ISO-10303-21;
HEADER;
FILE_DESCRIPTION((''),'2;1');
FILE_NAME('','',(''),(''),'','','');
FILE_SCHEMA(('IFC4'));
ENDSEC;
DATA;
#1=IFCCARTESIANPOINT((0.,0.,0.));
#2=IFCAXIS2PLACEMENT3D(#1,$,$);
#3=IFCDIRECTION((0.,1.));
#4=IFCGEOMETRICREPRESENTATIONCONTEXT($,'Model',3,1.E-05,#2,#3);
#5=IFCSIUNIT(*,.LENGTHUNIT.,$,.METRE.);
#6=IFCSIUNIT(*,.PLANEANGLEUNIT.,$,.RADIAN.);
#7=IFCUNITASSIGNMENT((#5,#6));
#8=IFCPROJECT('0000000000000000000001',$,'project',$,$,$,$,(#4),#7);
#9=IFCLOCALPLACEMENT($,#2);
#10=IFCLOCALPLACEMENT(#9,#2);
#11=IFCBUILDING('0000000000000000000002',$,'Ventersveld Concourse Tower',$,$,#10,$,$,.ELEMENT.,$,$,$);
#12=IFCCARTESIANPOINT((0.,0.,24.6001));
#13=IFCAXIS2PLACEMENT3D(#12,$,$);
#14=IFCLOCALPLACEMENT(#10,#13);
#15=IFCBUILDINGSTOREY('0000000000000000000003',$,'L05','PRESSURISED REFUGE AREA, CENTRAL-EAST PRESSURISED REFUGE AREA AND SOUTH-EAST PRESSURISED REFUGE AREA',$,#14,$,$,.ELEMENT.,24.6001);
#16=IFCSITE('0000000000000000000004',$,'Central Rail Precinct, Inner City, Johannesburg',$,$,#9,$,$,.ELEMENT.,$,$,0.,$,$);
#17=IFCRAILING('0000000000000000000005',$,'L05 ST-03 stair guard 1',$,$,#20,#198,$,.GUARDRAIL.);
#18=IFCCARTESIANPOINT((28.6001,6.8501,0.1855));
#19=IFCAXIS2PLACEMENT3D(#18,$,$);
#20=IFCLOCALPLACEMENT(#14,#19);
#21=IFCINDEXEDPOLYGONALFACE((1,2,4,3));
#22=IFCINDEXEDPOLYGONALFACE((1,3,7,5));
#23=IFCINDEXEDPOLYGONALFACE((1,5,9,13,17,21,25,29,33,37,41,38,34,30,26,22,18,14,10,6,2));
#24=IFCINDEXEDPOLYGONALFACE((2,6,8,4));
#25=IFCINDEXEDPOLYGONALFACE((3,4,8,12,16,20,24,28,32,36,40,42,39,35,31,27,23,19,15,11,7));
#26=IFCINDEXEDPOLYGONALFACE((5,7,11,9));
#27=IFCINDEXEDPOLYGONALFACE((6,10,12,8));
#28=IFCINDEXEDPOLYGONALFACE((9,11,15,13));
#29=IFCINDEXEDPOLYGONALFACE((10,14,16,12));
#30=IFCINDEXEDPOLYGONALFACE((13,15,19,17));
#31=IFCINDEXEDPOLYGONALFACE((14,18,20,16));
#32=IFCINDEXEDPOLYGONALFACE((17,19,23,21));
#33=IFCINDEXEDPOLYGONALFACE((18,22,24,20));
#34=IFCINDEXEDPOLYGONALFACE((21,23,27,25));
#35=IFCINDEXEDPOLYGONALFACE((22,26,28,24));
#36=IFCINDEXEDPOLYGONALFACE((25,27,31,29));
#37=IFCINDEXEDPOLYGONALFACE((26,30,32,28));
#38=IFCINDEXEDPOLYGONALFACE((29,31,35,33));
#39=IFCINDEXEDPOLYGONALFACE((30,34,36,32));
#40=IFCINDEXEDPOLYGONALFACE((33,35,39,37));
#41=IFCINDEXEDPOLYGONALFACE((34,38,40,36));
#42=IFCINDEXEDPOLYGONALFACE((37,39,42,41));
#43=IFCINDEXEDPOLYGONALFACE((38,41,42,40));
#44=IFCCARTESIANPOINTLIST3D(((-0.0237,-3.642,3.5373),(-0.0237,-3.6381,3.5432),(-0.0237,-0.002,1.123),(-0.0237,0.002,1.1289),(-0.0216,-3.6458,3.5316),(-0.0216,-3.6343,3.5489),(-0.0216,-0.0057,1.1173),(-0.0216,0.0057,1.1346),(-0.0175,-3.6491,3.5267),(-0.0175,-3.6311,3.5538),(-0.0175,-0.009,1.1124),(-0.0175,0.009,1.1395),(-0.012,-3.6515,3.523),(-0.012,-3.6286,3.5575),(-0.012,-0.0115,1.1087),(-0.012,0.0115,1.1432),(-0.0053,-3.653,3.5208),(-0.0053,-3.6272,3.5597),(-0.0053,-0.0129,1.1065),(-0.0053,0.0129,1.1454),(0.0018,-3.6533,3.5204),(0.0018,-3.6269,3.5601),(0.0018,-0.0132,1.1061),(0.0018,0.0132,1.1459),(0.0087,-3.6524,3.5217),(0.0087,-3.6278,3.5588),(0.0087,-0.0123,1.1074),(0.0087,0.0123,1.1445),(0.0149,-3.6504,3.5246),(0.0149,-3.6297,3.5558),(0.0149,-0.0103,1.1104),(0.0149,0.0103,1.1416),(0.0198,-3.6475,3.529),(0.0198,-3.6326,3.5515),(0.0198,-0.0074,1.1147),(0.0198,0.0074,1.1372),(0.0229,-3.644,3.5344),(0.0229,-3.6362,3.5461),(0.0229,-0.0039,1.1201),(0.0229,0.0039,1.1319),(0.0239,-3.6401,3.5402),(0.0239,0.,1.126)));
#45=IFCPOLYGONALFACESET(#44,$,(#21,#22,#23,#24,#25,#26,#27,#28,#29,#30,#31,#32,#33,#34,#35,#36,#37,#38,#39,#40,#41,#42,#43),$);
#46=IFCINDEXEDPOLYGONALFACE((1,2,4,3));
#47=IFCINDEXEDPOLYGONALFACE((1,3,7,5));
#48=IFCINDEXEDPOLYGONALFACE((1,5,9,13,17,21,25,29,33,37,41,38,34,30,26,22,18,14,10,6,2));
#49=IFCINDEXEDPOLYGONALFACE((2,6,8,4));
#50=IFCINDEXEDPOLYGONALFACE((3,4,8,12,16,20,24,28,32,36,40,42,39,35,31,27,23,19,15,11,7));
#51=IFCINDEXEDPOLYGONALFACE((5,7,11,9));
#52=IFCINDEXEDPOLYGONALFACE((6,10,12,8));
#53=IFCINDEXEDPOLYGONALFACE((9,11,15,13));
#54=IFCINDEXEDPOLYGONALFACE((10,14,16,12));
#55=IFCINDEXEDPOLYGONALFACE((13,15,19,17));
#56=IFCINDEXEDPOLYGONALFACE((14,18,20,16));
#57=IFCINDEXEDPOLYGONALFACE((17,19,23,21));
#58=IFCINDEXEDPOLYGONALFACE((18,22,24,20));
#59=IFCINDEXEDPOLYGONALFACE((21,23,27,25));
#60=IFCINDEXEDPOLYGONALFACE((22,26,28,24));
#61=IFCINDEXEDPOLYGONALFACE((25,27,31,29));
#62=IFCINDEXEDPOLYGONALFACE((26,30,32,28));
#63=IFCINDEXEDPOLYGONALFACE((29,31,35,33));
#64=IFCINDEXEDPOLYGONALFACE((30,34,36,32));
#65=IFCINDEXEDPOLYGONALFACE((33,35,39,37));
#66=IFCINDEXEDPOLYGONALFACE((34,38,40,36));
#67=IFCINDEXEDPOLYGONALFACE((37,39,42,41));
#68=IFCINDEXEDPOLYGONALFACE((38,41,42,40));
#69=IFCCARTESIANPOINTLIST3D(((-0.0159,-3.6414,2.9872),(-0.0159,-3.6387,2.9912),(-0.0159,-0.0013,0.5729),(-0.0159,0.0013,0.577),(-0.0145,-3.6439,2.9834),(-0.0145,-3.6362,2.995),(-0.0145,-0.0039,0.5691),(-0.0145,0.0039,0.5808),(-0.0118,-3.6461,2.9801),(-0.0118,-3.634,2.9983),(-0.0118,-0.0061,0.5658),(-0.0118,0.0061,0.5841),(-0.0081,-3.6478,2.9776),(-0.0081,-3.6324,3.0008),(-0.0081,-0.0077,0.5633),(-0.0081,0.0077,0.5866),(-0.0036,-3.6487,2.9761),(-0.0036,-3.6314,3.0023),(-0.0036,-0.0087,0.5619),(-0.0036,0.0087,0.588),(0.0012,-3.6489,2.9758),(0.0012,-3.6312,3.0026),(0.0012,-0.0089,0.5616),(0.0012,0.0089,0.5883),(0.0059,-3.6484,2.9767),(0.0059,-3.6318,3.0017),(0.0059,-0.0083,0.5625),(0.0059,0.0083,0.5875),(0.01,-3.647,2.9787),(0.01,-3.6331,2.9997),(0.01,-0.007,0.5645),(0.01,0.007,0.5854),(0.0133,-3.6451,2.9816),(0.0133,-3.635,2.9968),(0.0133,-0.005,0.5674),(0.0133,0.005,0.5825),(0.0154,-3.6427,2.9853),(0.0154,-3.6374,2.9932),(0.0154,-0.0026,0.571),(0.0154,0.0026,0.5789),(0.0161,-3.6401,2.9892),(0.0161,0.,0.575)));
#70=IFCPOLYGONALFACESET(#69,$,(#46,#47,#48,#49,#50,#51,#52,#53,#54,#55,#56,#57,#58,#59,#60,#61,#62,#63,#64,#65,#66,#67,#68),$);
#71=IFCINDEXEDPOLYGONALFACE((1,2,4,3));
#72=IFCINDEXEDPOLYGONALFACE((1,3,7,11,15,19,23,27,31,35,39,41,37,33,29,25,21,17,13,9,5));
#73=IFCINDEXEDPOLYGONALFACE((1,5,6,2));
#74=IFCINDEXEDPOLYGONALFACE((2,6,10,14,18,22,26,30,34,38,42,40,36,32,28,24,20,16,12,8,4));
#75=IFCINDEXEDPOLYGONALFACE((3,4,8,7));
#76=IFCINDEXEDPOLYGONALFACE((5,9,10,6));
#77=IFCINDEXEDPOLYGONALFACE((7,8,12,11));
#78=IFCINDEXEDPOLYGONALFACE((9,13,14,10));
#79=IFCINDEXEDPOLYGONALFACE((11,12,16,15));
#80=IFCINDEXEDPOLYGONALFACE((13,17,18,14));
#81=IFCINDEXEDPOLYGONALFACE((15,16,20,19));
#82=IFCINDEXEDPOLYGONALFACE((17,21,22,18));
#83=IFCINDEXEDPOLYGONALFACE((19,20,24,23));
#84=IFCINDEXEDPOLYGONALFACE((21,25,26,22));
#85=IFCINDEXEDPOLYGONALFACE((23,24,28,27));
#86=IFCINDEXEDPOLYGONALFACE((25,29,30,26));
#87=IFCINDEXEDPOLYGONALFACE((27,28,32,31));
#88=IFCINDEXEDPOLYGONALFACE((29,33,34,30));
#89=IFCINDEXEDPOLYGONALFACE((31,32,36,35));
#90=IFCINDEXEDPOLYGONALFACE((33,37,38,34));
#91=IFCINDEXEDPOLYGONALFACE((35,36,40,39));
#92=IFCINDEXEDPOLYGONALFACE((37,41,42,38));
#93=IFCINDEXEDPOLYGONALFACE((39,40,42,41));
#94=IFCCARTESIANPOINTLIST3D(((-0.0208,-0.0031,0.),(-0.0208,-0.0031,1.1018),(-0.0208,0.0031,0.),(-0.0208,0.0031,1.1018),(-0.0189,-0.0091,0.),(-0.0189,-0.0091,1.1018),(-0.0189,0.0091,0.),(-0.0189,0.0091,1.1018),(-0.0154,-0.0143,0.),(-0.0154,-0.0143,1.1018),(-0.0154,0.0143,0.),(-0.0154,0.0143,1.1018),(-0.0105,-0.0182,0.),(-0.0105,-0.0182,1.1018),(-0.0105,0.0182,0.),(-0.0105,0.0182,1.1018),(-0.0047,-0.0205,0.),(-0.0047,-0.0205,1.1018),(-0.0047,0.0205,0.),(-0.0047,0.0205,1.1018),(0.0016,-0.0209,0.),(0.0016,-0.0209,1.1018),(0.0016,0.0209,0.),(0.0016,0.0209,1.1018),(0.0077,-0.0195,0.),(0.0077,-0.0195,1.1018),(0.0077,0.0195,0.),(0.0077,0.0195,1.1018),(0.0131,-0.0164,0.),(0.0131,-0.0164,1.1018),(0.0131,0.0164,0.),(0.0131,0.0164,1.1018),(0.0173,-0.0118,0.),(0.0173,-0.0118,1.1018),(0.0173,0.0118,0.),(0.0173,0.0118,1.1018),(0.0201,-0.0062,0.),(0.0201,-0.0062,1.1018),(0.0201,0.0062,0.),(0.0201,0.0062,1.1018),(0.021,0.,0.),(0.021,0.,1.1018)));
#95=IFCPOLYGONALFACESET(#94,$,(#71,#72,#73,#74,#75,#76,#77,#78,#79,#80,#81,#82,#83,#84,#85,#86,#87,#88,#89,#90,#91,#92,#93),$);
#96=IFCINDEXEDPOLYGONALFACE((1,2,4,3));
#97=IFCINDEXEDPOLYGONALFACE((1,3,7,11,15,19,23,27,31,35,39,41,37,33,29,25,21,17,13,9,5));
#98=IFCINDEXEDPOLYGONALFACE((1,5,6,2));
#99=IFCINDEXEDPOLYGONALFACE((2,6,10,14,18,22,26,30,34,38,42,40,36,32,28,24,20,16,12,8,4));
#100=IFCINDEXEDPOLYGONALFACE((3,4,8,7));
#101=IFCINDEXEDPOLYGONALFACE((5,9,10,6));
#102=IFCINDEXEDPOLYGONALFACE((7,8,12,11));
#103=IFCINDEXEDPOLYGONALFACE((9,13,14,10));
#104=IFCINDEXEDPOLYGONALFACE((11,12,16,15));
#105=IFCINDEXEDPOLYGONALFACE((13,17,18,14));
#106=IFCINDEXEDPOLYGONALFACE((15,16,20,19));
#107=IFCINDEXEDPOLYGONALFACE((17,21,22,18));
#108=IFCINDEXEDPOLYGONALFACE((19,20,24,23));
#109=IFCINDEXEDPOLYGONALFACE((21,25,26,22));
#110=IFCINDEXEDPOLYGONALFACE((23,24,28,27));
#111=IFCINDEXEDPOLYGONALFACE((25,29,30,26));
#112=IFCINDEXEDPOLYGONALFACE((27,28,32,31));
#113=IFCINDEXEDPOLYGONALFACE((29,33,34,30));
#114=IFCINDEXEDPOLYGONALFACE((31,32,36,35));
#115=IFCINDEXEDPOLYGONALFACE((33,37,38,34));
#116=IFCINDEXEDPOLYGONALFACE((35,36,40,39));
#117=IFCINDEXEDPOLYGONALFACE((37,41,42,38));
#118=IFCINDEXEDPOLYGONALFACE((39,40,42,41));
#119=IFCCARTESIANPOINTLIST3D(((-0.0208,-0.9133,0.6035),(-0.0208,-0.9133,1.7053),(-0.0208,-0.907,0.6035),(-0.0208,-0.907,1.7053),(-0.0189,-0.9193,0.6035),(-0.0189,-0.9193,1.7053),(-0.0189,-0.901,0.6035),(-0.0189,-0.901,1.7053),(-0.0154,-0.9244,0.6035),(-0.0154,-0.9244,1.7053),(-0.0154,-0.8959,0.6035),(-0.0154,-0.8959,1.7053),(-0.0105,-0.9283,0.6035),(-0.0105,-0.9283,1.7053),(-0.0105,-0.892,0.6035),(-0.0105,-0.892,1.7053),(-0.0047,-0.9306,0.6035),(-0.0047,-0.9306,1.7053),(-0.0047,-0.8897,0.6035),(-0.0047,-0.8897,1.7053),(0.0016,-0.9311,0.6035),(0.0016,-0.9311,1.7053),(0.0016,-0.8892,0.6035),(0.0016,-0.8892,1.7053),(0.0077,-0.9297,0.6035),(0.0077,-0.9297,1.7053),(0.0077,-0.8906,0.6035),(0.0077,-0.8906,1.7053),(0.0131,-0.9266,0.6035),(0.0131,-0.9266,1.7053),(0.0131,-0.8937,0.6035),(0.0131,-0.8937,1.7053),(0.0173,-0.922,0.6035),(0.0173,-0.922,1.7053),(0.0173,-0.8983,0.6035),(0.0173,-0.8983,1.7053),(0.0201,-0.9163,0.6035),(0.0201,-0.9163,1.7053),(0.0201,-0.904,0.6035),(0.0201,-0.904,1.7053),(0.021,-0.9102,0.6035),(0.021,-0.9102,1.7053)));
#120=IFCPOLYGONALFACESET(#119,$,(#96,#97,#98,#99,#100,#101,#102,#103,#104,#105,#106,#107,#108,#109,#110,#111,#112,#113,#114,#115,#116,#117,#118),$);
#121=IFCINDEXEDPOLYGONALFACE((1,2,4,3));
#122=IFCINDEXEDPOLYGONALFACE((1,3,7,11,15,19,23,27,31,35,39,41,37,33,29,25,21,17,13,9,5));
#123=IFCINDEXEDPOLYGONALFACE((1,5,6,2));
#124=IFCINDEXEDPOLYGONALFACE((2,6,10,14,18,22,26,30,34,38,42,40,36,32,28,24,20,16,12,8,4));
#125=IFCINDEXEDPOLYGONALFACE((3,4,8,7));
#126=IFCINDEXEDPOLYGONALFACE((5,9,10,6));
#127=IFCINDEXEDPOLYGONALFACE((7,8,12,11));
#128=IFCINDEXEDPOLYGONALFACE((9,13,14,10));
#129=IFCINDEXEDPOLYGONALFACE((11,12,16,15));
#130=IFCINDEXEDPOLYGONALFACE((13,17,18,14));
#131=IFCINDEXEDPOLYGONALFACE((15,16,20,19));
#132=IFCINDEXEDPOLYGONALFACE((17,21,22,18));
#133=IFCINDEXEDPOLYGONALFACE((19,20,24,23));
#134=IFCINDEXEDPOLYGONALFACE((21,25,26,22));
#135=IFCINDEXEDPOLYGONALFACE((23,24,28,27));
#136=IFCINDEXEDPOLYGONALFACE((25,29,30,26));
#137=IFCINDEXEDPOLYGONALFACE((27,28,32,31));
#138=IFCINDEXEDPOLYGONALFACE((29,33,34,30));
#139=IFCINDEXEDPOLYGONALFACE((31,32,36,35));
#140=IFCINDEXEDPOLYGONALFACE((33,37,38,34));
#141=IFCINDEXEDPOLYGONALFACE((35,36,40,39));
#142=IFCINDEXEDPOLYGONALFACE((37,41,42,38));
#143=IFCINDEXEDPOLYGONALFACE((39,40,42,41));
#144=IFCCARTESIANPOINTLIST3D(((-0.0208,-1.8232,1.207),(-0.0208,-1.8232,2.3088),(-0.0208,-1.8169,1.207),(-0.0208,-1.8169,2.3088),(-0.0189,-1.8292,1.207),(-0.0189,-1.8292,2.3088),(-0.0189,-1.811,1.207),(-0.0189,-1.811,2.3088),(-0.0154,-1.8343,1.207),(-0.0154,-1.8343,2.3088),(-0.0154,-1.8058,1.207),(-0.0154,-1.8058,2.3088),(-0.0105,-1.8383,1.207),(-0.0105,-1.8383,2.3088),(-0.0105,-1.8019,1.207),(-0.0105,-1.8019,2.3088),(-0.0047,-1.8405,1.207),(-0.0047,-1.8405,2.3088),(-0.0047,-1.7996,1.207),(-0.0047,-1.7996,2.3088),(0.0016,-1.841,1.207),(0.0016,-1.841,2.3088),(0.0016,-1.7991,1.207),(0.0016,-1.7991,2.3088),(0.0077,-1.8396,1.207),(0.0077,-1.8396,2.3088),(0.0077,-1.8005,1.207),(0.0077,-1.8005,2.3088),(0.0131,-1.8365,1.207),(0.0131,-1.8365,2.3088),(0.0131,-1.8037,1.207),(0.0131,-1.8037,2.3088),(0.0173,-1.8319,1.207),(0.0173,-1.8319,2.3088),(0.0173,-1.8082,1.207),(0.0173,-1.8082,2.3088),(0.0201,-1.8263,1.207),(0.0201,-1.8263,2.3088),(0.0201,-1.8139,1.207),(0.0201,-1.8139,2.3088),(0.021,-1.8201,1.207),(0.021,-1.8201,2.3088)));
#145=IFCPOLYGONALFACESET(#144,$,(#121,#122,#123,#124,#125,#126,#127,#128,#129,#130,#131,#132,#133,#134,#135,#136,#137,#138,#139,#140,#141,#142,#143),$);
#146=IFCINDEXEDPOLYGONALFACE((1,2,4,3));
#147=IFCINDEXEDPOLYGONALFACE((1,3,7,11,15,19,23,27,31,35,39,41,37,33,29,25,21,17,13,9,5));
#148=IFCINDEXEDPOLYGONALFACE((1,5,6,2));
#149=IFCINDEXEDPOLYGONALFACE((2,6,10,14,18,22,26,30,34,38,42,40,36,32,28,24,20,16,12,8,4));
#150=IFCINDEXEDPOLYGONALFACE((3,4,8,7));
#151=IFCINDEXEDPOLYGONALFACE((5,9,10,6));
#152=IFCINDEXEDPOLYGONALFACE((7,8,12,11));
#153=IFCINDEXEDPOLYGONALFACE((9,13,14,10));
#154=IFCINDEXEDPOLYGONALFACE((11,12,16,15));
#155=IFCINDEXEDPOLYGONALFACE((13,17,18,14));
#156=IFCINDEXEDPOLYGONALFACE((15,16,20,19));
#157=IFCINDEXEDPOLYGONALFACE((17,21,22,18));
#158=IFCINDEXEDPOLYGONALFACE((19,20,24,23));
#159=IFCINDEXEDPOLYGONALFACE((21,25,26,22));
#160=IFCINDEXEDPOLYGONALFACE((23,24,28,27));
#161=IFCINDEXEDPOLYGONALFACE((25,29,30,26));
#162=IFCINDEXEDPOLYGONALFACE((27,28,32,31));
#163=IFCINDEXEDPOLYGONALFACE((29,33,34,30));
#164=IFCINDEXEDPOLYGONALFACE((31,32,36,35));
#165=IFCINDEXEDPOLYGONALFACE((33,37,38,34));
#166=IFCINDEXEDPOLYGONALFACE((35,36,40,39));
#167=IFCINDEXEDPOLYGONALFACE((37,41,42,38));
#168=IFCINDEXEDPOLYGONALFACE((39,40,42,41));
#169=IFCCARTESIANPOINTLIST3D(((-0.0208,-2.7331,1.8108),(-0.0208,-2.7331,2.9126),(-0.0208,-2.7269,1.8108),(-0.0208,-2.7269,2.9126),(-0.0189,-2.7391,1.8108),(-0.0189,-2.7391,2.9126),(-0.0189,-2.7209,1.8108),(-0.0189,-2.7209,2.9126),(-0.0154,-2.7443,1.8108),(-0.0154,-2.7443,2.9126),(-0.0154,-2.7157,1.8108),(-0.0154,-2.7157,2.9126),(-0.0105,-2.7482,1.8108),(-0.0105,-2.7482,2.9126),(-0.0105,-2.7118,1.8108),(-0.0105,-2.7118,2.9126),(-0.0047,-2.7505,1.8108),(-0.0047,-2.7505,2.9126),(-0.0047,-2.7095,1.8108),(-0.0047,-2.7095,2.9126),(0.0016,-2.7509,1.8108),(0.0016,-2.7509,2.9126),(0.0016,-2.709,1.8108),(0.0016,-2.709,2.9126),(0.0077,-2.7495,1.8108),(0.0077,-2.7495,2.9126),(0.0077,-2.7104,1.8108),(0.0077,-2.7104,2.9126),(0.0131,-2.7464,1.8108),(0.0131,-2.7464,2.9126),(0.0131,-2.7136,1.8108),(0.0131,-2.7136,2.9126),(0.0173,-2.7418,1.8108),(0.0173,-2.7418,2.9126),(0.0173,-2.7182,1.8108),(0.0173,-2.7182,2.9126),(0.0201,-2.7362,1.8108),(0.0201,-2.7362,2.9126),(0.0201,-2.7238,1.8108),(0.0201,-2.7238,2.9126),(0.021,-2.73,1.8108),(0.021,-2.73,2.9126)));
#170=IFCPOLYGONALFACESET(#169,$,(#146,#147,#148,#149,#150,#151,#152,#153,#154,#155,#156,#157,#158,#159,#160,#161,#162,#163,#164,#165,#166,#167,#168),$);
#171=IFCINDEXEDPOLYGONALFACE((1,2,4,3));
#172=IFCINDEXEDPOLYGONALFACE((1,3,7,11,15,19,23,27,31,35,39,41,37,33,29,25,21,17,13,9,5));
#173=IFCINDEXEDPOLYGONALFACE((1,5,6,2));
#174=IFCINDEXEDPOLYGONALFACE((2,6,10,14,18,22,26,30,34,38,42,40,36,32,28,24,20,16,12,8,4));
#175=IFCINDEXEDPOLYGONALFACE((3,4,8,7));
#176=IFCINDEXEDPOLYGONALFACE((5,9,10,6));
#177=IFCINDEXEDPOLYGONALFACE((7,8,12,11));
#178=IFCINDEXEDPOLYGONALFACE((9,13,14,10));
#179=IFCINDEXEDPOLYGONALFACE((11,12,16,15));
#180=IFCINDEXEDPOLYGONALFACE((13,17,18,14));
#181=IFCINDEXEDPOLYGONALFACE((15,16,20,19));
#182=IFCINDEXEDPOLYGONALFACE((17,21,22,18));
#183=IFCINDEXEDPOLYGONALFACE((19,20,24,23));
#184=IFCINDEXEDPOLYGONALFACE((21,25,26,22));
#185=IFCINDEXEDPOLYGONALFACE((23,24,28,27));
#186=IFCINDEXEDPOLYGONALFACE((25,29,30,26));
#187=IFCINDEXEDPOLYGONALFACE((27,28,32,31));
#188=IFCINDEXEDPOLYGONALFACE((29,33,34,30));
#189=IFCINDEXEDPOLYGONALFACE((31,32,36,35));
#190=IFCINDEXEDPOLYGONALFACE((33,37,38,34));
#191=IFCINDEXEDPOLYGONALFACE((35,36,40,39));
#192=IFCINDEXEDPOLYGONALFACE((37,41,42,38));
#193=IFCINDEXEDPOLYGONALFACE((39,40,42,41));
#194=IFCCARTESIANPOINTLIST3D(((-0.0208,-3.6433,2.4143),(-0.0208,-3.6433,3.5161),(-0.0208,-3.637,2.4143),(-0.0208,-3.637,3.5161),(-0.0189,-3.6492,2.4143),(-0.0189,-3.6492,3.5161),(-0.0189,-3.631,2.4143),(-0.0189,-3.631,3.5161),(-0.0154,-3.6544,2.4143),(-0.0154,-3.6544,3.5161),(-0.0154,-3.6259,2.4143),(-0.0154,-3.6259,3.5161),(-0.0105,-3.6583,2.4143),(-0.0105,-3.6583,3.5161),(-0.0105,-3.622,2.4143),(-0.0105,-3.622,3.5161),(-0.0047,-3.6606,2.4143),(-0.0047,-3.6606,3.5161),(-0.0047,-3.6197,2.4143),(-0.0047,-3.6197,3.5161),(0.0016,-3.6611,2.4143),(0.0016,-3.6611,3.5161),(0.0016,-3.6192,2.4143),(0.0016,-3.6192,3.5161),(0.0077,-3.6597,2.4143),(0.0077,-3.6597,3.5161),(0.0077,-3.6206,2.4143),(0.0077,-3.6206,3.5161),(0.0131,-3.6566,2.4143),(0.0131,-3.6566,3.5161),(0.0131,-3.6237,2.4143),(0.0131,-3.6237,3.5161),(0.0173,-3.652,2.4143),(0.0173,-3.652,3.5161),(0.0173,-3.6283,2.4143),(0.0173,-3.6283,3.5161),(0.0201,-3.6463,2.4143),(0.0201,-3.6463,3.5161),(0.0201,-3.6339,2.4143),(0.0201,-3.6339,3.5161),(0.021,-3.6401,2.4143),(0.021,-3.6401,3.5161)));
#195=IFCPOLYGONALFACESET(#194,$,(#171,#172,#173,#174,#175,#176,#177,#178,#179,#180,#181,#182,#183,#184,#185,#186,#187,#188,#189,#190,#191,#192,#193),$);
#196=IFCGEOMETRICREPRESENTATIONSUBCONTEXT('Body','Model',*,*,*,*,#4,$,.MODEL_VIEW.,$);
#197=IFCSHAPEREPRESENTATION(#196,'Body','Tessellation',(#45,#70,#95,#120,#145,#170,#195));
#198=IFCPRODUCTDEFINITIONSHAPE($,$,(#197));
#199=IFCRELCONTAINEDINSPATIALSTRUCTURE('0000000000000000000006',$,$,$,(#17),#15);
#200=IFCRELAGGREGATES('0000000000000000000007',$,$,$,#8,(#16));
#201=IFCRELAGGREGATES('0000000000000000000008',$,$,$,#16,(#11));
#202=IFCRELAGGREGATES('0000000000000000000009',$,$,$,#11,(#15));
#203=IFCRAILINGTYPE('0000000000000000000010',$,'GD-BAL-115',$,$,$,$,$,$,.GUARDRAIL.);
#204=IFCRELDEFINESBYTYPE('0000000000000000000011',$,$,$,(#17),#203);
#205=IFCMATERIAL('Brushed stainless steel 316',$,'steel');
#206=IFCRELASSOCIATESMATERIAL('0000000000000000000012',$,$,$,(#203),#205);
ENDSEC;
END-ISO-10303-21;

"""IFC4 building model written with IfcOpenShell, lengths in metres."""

from ifc_helpers import new_model, si_unit, direction, frame, origin, origin_2d, place, context, subcontext, project, spatial, circle, extrude, material, type_object, element, save


model = new_model("IFC4")

# Units and contexts
model_context = context("Model", 3, precision=1e-05, world=origin(), true_north=direction((0.0, 1.0)))
body_context = subcontext(model_context, "Body", "Model", "MODEL_VIEW")
ifc_project = project(units=[si_unit("LENGTHUNIT", "METRE"), si_unit("PLANEANGLEUNIT", "RADIAN")], contexts=[model_context])

# Site, building, storey
site_placement = place(None, origin())
site = spatial("IfcSite", under=ifc_project, at=site_placement, Name="Central Rail Precinct, Inner City, Johannesburg", CompositionType="ELEMENT", RefElevation=0.0)
building_placement = place(site_placement, origin())
building = spatial("IfcBuilding", under=site, at=building_placement, Name="Ventersveld Concourse Tower", CompositionType="ELEMENT")
storey_placement = place(building_placement, frame((0.0, 0.0, 24.6001)))
storey = spatial("IfcBuildingStorey", under=building, at=storey_placement, Name="L05", Description="PRESSURISED REFUGE AREA, CENTRAL-EAST PRESSURISED REFUGE AREA AND SOUTH-EAST PRESSURISED REFUGE AREA", CompositionType="ELEMENT", Elevation=24.6001)

# Shared definitions
ifc_material_1 = material(Name="Brushed stainless steel 316", Category="steel")

# Railing
railing_type = type_object("IfcRailingType", Name="GD-BAL-115", PredefinedType="GUARDRAIL", material=ifc_material_1)
railing_1_placement = place(storey_placement, frame((28.6001, 6.8501, 0.1855)))
element("IfcRailing", 1, at=railing_1_placement, inside=storey, type_object=railing_type, Name="L05 ST-03 stair guard 1", PredefinedType="GUARDRAIL", context=body_context, shape_type="SweptSolid", body=[
    extrude(circle(Radius=0.0239, at=origin_2d()), frame((0.0, 0.0, 1.126), z_axis=(0.0, -0.833364, 0.552725), x_axis=(1.0, 0.0, 0.0)), (0.0, 0.0, 1.0), 4.3679),
    extrude(circle(Radius=0.0161, at=origin_2d()), frame((0.0, 0.0, 0.575), z_axis=(0.0, -0.833364, 0.552725), x_axis=(1.0, 0.0, 0.0)), (0.0, 0.0, 1.0), 4.3679),
    extrude(circle(Radius=0.021, at=origin_2d()), origin(), (0.0, 0.0, 1.0), 1.1018),
    extrude(circle(Radius=0.021, at=origin_2d()), frame((0.0, -0.9102, 0.6035)), (0.0, 0.0, 1.0), 1.1018),
    extrude(circle(Radius=0.021, at=origin_2d()), frame((0.0, -1.8201, 1.207)), (0.0, 0.0, 1.0), 1.1018),
    extrude(circle(Radius=0.021, at=origin_2d()), frame((0.0, -2.73, 1.8108)), (0.0, 0.0, 1.0), 1.1018),
    extrude(circle(Radius=0.021, at=origin_2d()), frame((0.0, -3.6401, 2.4143)), (0.0, 0.0, 1.0), 1.1018),
])

save(model, "model.ifc")
